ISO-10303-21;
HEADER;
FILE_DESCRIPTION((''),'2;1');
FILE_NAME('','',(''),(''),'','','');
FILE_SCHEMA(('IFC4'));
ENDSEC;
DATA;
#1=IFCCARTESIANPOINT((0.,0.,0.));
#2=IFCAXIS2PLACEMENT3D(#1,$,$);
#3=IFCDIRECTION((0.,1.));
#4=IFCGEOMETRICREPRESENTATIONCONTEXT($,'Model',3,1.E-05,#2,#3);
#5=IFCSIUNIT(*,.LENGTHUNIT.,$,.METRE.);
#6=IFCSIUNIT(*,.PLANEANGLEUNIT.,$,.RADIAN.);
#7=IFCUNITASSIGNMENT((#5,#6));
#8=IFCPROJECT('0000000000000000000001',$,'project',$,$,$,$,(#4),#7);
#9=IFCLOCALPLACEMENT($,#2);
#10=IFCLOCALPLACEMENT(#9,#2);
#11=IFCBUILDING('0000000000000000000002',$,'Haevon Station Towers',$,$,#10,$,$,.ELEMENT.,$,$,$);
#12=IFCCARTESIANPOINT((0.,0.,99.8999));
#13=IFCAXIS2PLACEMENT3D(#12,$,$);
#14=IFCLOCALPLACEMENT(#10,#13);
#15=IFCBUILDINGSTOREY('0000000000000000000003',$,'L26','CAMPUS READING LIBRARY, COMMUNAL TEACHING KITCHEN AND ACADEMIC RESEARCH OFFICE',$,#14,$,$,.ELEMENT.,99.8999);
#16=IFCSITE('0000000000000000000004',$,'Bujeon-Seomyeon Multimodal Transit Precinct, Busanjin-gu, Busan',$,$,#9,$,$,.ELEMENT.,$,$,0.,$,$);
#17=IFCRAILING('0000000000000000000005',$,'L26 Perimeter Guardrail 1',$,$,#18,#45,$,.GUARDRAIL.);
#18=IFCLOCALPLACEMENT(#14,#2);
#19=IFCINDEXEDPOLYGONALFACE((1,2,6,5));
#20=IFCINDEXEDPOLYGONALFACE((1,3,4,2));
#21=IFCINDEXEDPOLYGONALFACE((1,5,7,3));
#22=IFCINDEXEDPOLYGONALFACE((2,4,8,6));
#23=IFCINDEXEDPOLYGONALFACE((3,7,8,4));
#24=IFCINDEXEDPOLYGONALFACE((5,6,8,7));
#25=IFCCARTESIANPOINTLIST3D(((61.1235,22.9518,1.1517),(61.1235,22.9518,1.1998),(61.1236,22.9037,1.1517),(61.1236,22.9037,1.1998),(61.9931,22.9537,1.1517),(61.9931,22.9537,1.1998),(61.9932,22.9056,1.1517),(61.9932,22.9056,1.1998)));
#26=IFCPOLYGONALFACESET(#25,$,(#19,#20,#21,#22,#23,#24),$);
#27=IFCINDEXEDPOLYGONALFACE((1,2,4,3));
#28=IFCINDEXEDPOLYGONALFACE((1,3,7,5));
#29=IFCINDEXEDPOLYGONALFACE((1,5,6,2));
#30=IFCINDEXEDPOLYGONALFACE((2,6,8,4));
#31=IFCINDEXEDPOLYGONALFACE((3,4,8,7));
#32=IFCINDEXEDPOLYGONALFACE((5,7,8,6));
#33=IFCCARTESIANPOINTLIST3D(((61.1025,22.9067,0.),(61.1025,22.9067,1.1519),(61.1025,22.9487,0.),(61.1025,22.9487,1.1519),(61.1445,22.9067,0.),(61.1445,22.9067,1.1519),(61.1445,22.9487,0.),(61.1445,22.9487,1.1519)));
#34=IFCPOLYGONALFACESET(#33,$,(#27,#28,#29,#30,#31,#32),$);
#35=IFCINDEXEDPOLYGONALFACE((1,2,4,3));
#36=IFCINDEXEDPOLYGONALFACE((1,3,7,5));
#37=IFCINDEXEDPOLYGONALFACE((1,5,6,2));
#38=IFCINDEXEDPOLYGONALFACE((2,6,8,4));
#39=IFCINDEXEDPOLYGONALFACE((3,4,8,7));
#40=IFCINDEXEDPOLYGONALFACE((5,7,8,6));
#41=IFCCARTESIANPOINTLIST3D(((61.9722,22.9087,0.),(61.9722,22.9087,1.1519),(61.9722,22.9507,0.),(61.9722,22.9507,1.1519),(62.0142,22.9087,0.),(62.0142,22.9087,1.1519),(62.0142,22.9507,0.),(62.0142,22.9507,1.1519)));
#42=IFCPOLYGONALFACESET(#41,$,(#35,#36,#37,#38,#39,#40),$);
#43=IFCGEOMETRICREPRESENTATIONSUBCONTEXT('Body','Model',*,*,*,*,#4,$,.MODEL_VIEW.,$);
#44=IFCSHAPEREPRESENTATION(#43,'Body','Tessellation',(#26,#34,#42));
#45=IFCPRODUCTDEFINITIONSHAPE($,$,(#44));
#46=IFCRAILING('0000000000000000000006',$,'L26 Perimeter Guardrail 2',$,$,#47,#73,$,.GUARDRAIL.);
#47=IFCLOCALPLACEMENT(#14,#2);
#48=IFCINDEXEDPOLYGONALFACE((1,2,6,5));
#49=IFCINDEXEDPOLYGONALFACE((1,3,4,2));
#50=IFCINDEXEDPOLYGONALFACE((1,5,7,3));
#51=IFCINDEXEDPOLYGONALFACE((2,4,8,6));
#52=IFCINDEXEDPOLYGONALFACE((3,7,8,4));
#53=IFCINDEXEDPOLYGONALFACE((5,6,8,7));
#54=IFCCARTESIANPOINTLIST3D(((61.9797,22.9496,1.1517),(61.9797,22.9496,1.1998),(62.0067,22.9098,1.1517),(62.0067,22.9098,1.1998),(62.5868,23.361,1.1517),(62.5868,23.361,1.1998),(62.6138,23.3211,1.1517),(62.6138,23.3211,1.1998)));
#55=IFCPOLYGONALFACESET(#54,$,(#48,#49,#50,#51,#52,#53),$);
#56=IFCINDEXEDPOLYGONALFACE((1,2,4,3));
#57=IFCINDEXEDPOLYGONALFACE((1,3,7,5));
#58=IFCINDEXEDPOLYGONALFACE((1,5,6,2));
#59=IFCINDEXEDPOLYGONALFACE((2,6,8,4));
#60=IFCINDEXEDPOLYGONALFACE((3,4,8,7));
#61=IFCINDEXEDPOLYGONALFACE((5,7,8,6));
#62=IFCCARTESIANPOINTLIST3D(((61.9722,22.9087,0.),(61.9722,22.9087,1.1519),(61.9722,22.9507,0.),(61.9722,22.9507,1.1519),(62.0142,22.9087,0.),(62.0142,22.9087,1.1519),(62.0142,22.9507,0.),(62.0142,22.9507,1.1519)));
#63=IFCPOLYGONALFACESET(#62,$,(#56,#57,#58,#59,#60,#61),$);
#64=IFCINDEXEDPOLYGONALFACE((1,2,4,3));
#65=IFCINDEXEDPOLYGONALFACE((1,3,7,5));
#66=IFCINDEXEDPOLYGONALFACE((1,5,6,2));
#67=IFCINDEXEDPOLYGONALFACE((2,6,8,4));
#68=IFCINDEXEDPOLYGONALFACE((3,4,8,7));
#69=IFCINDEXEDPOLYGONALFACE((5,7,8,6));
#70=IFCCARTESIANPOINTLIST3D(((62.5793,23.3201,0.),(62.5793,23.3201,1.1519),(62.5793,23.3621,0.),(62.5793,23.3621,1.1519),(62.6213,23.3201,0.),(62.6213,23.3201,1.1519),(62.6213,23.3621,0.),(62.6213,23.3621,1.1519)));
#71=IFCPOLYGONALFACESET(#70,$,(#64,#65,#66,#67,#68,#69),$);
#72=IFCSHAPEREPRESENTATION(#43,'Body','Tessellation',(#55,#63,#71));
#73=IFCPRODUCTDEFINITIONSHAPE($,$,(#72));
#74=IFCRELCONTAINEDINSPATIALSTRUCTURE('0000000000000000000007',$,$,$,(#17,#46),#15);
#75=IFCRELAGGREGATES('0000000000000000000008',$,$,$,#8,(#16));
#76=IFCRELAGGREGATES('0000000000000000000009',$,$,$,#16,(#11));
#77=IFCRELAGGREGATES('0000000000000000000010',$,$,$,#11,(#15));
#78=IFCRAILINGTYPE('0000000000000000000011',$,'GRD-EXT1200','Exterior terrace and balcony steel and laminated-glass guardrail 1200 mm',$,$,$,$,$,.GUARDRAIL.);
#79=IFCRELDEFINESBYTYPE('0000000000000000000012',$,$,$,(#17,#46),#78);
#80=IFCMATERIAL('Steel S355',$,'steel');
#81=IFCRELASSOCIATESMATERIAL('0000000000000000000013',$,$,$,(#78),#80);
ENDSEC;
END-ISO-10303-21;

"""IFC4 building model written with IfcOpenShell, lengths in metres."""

from ifc_helpers import new_model, si_unit, direction, frame, origin, origin_2d, place, context, subcontext, project, spatial, rectangle, extrude, material, type_object, element, save


model = new_model("IFC4")

# Units and contexts
model_context = context("Model", 3, precision=1e-05, world=origin(), true_north=direction((0.0, 1.0)))
body_context = subcontext(model_context, "Body", "Model", "MODEL_VIEW")
ifc_project = project(units=[si_unit("LENGTHUNIT", "METRE"), si_unit("PLANEANGLEUNIT", "RADIAN")], contexts=[model_context])

# Site, building, storey
site_placement = place(None, origin())
site = spatial("IfcSite", under=ifc_project, at=site_placement, Name="Bujeon-Seomyeon Multimodal Transit Precinct, Busanjin-gu, Busan", CompositionType="ELEMENT", RefElevation=0.0)
building_placement = place(site_placement, origin())
building = spatial("IfcBuilding", under=site, at=building_placement, Name="Haevon Station Towers", CompositionType="ELEMENT")
storey_placement = place(building_placement, frame((0.0, 0.0, 99.8999)))
storey = spatial("IfcBuildingStorey", under=building, at=storey_placement, Name="L26", Description="CAMPUS READING LIBRARY, COMMUNAL TEACHING KITCHEN AND ACADEMIC RESEARCH OFFICE", CompositionType="ELEMENT", Elevation=99.8999)

# Shared definitions
ifc_material_1 = material(Name="Steel S355", Category="steel")

# Railings
railing_type = type_object("IfcRailingType", Name="GRD-EXT1200", Description="Exterior terrace and balcony steel and laminated-glass guardrail 1200 mm", PredefinedType="GUARDRAIL", material=ifc_material_1)
railing_1_placement = place(storey_placement, frame((61.1235, 22.9277, 0.0)))
element("IfcRailing", 1, at=railing_1_placement, inside=storey, type_object=railing_type, Name="L26 Perimeter Guardrail 1", PredefinedType="GUARDRAIL", context=body_context, shape_type="SweptSolid", body=[
    extrude(rectangle(XDim=0.0481, YDim=0.0481, at=origin_2d()), frame((0.0, 0.0, 1.1758), z_axis=(0.999997, 0.002246, 0.0), x_axis=(-0.002246, 0.999997, 0.0)), (0.0, 0.0, 1.0), 0.8696),
    extrude(rectangle(XDim=0.042, YDim=0.042, at=origin_2d()), origin(), (0.0, 0.0, 1.0), 1.1519),
    extrude(rectangle(XDim=0.042, YDim=0.042, at=origin_2d()), frame((0.8696, 0.002, 0.0)), (0.0, 0.0, 1.0), 1.1519),
])
railing_2_placement = place(storey_placement, frame((61.9932, 22.9297, 0.0)))
element("IfcRailing", 2, at=railing_2_placement, inside=storey, type_object=railing_type, Name="L26 Perimeter Guardrail 2", PredefinedType="GUARDRAIL", context=body_context, shape_type="SweptSolid", body=[
    extrude(rectangle(XDim=0.0481, YDim=0.0481, at=origin_2d()), frame((0.0, 0.0, 1.1758), z_axis=(0.827879, 0.560907, 0.0), x_axis=(-0.560907, 0.827879, 0.0)), (0.0, 0.0, 1.0), 0.7334),
    extrude(rectangle(XDim=0.042, YDim=0.042, at=origin_2d()), origin(), (0.0, 0.0, 1.0), 1.1519),
    extrude(rectangle(XDim=0.042, YDim=0.042, at=origin_2d()), frame((0.6072, 0.4114, 0.0)), (0.0, 0.0, 1.0), 1.1519),
])

save(model, "model.ifc")
